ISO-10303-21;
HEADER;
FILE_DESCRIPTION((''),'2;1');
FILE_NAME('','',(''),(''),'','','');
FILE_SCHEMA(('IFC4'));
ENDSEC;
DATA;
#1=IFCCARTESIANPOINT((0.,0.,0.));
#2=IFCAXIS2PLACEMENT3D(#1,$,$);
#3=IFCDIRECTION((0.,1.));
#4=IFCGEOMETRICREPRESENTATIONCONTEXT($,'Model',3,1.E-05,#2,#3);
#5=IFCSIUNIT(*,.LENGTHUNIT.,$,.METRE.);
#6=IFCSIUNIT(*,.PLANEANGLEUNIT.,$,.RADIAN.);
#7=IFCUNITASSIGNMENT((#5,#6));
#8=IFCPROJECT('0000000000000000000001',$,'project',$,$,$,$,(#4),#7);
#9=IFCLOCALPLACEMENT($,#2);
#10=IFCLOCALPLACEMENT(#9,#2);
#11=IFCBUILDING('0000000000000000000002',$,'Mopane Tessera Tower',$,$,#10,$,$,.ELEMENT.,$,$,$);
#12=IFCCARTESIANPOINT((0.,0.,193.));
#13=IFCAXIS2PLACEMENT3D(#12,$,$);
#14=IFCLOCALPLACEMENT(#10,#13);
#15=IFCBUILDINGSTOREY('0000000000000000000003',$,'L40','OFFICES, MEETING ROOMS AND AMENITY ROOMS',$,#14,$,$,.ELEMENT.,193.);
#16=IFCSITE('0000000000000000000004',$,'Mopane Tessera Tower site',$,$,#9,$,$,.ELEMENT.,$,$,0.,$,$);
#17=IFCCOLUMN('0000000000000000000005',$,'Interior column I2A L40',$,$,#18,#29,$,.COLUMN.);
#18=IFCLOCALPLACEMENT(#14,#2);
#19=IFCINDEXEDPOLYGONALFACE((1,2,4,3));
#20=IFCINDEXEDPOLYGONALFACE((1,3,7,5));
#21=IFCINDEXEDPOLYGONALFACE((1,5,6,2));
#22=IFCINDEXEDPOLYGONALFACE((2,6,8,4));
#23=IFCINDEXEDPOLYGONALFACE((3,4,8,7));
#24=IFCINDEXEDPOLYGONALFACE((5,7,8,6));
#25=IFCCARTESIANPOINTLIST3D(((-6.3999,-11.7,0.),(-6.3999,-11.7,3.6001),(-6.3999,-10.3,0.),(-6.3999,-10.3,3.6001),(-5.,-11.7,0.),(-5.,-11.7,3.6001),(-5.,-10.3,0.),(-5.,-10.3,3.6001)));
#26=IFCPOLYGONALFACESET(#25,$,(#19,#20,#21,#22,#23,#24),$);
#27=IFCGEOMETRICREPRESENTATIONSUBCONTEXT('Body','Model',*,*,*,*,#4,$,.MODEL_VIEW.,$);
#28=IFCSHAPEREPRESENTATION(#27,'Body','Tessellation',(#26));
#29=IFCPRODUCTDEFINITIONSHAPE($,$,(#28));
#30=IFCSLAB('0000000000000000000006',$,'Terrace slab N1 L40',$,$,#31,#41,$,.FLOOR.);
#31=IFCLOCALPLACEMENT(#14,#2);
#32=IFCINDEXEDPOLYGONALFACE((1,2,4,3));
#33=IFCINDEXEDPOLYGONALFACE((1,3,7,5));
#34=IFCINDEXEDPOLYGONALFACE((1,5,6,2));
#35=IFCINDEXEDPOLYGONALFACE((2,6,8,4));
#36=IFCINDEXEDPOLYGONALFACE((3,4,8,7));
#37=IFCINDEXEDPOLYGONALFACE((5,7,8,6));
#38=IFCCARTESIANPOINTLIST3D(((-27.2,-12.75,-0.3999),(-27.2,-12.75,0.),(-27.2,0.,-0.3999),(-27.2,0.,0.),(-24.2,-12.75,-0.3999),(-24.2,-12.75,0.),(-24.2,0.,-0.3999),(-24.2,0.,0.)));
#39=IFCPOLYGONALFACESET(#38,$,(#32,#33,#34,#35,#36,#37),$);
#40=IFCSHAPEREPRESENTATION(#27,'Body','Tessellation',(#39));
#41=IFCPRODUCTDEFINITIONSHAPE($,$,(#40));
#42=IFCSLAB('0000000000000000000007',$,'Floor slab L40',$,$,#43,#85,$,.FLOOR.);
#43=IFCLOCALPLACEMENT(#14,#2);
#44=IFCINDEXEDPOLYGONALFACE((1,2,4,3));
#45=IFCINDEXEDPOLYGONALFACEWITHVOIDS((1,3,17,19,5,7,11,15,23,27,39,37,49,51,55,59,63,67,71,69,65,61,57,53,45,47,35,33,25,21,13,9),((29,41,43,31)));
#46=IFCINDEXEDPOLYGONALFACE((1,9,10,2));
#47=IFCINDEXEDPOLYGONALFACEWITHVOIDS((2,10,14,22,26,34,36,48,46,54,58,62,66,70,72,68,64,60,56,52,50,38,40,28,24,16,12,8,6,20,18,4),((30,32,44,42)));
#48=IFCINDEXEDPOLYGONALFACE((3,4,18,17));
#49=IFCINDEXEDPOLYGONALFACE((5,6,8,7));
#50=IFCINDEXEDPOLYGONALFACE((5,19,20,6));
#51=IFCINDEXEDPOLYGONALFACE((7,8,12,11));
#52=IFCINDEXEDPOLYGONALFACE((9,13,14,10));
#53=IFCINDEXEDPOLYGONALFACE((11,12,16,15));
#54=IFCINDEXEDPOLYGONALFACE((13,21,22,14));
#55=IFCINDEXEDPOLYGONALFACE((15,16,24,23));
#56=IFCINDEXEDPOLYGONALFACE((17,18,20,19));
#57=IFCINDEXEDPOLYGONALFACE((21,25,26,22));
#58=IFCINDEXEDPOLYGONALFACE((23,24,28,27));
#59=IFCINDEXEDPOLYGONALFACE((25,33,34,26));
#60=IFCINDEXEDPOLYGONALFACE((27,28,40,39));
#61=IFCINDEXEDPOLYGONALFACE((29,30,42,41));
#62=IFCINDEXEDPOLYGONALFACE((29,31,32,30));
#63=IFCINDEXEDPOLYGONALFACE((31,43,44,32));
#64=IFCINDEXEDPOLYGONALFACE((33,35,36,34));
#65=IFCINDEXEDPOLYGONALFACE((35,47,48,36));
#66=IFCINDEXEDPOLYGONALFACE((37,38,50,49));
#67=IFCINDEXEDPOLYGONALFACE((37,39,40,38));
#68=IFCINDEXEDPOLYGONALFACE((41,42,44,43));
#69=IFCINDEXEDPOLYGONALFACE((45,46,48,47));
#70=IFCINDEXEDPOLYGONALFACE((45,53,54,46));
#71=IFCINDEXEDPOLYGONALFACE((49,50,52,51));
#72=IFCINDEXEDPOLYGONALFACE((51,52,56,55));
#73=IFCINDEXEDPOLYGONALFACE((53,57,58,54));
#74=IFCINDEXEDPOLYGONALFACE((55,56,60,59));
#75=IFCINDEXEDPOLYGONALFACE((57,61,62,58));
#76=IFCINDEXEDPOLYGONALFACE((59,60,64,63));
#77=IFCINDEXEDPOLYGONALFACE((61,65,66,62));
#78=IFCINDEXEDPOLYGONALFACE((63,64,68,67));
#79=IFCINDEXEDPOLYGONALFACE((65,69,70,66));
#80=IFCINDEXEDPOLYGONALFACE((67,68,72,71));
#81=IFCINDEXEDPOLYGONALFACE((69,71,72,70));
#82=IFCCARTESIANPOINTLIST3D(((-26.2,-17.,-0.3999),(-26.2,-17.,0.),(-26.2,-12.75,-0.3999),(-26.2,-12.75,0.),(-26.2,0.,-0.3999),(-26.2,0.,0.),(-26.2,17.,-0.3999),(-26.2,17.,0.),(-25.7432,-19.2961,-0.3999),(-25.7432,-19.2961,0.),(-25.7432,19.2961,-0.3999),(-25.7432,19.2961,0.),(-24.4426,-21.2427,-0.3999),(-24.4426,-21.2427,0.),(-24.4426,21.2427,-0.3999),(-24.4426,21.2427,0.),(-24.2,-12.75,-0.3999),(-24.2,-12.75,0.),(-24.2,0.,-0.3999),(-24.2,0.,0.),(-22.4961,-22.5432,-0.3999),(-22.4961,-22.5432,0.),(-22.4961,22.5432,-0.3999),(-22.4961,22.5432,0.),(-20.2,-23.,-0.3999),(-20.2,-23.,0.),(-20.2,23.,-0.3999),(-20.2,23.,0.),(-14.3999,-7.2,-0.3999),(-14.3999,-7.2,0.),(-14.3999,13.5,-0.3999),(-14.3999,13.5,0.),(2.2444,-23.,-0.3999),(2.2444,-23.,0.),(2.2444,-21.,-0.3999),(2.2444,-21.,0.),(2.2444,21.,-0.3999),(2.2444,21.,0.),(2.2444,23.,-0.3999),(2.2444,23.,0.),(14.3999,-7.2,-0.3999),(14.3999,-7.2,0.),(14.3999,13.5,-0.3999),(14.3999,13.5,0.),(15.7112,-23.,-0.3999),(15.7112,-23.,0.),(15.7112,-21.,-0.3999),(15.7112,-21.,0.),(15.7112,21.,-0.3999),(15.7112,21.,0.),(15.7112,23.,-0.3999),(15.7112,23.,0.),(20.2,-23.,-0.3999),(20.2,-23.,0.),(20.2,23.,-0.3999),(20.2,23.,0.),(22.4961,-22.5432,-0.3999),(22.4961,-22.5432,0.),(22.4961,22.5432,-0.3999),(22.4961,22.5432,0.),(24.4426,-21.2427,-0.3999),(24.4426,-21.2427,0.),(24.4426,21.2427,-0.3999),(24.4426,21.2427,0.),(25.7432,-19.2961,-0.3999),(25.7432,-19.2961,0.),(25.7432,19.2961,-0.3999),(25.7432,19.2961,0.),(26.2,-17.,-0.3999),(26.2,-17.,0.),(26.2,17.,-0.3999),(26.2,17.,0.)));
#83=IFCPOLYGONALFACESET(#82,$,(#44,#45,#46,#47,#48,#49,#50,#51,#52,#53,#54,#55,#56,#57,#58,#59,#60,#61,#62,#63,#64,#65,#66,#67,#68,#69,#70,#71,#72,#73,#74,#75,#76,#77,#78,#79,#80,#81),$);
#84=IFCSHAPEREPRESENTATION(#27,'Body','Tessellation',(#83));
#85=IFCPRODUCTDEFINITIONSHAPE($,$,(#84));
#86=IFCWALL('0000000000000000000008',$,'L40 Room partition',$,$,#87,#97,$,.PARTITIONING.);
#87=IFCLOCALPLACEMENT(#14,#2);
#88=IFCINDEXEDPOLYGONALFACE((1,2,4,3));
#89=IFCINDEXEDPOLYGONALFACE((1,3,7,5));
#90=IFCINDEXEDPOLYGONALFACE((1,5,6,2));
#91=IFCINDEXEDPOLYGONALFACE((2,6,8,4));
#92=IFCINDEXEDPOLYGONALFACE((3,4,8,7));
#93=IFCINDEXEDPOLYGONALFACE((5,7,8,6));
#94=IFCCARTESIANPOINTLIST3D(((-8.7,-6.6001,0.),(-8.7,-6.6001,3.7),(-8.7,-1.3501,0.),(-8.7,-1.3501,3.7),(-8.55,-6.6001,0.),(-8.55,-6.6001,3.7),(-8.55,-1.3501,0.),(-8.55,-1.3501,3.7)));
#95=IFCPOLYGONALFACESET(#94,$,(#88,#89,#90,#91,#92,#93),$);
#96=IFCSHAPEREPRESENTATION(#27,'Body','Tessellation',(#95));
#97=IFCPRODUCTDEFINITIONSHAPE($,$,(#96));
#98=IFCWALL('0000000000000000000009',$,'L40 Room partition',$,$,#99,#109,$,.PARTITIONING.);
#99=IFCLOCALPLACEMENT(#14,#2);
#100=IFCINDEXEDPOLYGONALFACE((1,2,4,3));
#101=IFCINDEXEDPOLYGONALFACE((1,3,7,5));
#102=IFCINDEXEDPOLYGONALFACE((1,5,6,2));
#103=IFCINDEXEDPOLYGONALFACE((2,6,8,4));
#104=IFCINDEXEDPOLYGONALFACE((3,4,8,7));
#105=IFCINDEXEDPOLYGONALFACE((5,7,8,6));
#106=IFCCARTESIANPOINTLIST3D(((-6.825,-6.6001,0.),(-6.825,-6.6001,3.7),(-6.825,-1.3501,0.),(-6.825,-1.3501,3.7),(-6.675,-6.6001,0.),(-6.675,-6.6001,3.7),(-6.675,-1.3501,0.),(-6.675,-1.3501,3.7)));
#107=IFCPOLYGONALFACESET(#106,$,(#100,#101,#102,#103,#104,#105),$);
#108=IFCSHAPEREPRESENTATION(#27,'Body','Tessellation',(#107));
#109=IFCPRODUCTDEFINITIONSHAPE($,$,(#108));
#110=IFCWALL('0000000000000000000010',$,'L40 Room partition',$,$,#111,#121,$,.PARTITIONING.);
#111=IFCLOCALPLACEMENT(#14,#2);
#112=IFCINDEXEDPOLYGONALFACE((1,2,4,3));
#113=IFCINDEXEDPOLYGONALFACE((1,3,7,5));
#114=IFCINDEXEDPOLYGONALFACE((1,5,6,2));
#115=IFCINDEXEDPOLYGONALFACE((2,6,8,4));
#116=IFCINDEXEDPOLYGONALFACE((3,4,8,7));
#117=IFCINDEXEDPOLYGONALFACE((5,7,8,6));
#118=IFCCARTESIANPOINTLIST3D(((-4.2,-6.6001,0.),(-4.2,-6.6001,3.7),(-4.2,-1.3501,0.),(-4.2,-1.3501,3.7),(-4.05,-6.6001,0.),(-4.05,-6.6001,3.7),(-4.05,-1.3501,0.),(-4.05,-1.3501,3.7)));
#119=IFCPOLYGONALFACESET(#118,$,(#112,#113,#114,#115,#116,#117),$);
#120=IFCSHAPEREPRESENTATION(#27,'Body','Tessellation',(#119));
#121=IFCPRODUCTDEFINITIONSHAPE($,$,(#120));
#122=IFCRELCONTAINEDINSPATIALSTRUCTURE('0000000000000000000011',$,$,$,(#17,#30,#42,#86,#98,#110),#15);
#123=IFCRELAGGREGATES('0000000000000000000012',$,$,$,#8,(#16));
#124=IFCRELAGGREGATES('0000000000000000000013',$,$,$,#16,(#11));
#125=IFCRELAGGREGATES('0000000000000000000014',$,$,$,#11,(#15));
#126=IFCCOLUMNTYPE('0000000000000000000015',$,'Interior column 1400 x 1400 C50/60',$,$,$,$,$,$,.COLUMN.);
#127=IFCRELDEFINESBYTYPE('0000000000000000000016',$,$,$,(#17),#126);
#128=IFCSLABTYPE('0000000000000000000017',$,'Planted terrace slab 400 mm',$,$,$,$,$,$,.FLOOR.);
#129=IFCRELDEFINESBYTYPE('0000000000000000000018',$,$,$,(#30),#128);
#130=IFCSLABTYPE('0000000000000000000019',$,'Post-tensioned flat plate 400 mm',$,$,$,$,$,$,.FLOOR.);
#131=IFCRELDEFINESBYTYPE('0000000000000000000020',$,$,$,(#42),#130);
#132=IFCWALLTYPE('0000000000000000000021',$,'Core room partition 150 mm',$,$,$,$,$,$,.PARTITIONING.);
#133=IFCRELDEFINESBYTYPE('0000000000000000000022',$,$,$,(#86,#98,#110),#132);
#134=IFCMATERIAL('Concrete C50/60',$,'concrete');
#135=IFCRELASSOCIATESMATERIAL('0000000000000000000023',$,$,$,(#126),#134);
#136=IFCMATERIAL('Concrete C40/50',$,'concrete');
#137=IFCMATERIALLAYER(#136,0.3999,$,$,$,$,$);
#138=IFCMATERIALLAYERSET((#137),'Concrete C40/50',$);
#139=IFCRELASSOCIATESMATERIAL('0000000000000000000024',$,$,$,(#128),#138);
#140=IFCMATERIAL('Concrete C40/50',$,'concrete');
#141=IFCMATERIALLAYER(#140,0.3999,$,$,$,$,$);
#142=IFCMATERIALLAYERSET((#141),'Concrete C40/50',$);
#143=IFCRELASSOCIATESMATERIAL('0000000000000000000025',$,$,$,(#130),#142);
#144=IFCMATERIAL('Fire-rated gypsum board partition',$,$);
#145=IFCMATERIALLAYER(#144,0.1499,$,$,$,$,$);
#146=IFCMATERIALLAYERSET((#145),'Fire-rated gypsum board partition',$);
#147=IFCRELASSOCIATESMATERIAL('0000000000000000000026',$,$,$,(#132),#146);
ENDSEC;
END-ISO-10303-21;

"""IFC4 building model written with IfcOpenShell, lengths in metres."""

from ifc_helpers import new_model, si_unit, direction, frame, frame_2d, origin, origin_2d, place, context, subcontext, project, spatial, polyline, rectangle, outline, extrude, material, layer, layer_set, material_profile, profile_set, type_object, element, save


model = new_model("IFC4")

# Units and contexts
model_context = context("Model", 3, precision=1e-05, world=origin(), true_north=direction((0.0, 1.0)))
body_context = subcontext(model_context, "Body", "Model", "MODEL_VIEW")
ifc_project = project(units=[si_unit("LENGTHUNIT", "METRE"), si_unit("PLANEANGLEUNIT", "RADIAN")], contexts=[model_context])

# Site, building, storey
site_placement = place(None, origin())
site = spatial("IfcSite", under=ifc_project, at=site_placement, Name="Mopane Tessera Tower site", CompositionType="ELEMENT", RefElevation=0.0)
building_placement = place(site_placement, origin())
building = spatial("IfcBuilding", under=site, at=building_placement, Name="Mopane Tessera Tower", CompositionType="ELEMENT")
storey_placement = place(building_placement, frame((0.0, 0.0, 193.0)))
storey = spatial("IfcBuildingStorey", under=building, at=storey_placement, Name="L40", Description="OFFICES, MEETING ROOMS AND AMENITY ROOMS", CompositionType="ELEMENT", Elevation=193.0)

# Column
ifc_material_1 = material(Name="Concrete C50/60", Category="concrete")
ifc_material_profile = material_profile(ifc_material_1, rectangle(XDim=1.3999, YDim=1.3999, at=origin_2d()))
ifc_profile_set = profile_set([ifc_material_profile], Name="Concrete C50/60")
column_type = type_object("IfcColumnType", Name="Interior column 1400 x 1400 C50/60", PredefinedType="COLUMN", material=ifc_profile_set)
column_placement = place(storey_placement, frame((-5.7, -11.0, 0.0), z_axis=(0.0, 0.0, 1.0), x_axis=(1.0, 0.0, 0.0)))
element("IfcColumn", 1, at=column_placement, inside=storey, type_object=column_type, Name="Interior column I2A L40", PredefinedType="COLUMN", context=body_context, shape_type="SweptSolid", body=[
    extrude(rectangle(XDim=1.3999, YDim=1.3999, at=origin_2d()), origin(), (0.0, 0.0, 1.0), 3.6001),
])

# Slabs
ifc_material_2 = material(Name="Concrete C40/50", Category="concrete")
ifc_layer_1 = layer(ifc_material_2, 0.3999)
ifc_layer_set_1 = layer_set([ifc_layer_1], Name="Concrete C40/50")
slab_type_1 = type_object("IfcSlabType", Name="Planted terrace slab 400 mm", PredefinedType="FLOOR", material=ifc_layer_set_1)
slab_1_placement = place(storey_placement, frame((0.0, 0.0, -0.3999)))
element("IfcSlab", 2, at=slab_1_placement, inside=storey, type_object=slab_type_1, Name="Terrace slab N1 L40", PredefinedType="FLOOR", context=body_context, shape_type="SweptSolid", body=[
    extrude(outline(polyline([(-27.2, -12.75), (-24.2, -12.75), (-24.2, 0.0), (-27.2, 0.0), (-27.2, -12.75)])), origin(), (0.0, 0.0, 1.0), 0.3999),
])
ifc_material_3 = material(Name="Concrete C40/50", Category="concrete")
ifc_layer_2 = layer(ifc_material_3, 0.3999)
ifc_layer_set_2 = layer_set([ifc_layer_2], Name="Concrete C40/50")
slab_type_2 = type_object("IfcSlabType", Name="Post-tensioned flat plate 400 mm", PredefinedType="FLOOR", material=ifc_layer_set_2)
slab_2_placement = place(storey_placement, frame((0.0, 0.0, -0.3999)))
element("IfcSlab", 3, at=slab_2_placement, inside=storey, type_object=slab_type_2, Name="Floor slab L40", PredefinedType="FLOOR", context=body_context, shape_type="SweptSolid", body=[
    extrude(outline(polyline([(-20.2, -23.0), (2.2444, -23.0), (2.2444, -21.0), (15.7112, -21.0), (15.7112, -23.0), (20.2, -23.0), (22.4961, -22.5432), (24.4426, -21.2427), (25.7432, -19.2961), (26.2, -17.0), (26.2, 17.0), (25.7432, 19.2961), (24.4426, 21.2427), (22.4961, 22.5432), (20.2, 23.0), (15.7112, 23.0), (15.7112, 21.0), (2.2444, 21.0), (2.2444, 23.0), (-20.2, 23.0), (-22.4961, 22.5432), (-24.4426, 21.2427), (-25.7432, 19.2961), (-26.2, 17.0), (-26.2, 0.0), (-24.2, 0.0), (-24.2, -12.75), (-26.2, -12.75), (-26.2, -17.0), (-25.7432, -19.2961), (-24.4426, -21.2427), (-22.4961, -22.5432), (-20.2, -23.0)]), holes=[polyline([(14.3999, -7.2), (-14.3999, -7.2), (-14.3999, 13.5), (14.3999, 13.5), (14.3999, -7.2)])]), origin(), (0.0, 0.0, 1.0), 0.3999),
])

# Walls
ifc_material_4 = material(Name="Fire-rated gypsum board partition")
ifc_layer_3 = layer(ifc_material_4, 0.1499)
ifc_layer_set_3 = layer_set([ifc_layer_3], Name="Fire-rated gypsum board partition")
wall_type_1 = type_object("IfcWallType", Name="Core room partition 150 mm", PredefinedType="PARTITIONING", material=ifc_layer_set_3)
for number, where, z_axis, x_axis, name in (
    (4, (-8.625, -6.6001, 0.0), (0.0, 0.0, 1.0), (0.0, 1.0, 0.0), "L40 Room partition"),
    (5, (-6.75, -6.6001, 0.0), (0.0, 0.0, 1.0), (0.0, 1.0, 0.0), "L40 Room partition"),
    (6, (-4.125, -6.6001, 0.0), (0.0, 0.0, 1.0), (0.0, 1.0, 0.0), "L40 Room partition"),
):
    element("IfcWall", number, at=place(storey_placement, frame(where, z_axis=z_axis, x_axis=x_axis)), inside=storey, type_object=wall_type_1, Name=name, PredefinedType="PARTITIONING", context=body_context, shape_type="SweptSolid", body=[
        extrude(rectangle(XDim=5.25, YDim=0.1499, at=frame_2d((2.625, 0.0))), origin(), (0.0, 0.0, 1.0), 3.7),
    ])

save(model, "model.ifc")
